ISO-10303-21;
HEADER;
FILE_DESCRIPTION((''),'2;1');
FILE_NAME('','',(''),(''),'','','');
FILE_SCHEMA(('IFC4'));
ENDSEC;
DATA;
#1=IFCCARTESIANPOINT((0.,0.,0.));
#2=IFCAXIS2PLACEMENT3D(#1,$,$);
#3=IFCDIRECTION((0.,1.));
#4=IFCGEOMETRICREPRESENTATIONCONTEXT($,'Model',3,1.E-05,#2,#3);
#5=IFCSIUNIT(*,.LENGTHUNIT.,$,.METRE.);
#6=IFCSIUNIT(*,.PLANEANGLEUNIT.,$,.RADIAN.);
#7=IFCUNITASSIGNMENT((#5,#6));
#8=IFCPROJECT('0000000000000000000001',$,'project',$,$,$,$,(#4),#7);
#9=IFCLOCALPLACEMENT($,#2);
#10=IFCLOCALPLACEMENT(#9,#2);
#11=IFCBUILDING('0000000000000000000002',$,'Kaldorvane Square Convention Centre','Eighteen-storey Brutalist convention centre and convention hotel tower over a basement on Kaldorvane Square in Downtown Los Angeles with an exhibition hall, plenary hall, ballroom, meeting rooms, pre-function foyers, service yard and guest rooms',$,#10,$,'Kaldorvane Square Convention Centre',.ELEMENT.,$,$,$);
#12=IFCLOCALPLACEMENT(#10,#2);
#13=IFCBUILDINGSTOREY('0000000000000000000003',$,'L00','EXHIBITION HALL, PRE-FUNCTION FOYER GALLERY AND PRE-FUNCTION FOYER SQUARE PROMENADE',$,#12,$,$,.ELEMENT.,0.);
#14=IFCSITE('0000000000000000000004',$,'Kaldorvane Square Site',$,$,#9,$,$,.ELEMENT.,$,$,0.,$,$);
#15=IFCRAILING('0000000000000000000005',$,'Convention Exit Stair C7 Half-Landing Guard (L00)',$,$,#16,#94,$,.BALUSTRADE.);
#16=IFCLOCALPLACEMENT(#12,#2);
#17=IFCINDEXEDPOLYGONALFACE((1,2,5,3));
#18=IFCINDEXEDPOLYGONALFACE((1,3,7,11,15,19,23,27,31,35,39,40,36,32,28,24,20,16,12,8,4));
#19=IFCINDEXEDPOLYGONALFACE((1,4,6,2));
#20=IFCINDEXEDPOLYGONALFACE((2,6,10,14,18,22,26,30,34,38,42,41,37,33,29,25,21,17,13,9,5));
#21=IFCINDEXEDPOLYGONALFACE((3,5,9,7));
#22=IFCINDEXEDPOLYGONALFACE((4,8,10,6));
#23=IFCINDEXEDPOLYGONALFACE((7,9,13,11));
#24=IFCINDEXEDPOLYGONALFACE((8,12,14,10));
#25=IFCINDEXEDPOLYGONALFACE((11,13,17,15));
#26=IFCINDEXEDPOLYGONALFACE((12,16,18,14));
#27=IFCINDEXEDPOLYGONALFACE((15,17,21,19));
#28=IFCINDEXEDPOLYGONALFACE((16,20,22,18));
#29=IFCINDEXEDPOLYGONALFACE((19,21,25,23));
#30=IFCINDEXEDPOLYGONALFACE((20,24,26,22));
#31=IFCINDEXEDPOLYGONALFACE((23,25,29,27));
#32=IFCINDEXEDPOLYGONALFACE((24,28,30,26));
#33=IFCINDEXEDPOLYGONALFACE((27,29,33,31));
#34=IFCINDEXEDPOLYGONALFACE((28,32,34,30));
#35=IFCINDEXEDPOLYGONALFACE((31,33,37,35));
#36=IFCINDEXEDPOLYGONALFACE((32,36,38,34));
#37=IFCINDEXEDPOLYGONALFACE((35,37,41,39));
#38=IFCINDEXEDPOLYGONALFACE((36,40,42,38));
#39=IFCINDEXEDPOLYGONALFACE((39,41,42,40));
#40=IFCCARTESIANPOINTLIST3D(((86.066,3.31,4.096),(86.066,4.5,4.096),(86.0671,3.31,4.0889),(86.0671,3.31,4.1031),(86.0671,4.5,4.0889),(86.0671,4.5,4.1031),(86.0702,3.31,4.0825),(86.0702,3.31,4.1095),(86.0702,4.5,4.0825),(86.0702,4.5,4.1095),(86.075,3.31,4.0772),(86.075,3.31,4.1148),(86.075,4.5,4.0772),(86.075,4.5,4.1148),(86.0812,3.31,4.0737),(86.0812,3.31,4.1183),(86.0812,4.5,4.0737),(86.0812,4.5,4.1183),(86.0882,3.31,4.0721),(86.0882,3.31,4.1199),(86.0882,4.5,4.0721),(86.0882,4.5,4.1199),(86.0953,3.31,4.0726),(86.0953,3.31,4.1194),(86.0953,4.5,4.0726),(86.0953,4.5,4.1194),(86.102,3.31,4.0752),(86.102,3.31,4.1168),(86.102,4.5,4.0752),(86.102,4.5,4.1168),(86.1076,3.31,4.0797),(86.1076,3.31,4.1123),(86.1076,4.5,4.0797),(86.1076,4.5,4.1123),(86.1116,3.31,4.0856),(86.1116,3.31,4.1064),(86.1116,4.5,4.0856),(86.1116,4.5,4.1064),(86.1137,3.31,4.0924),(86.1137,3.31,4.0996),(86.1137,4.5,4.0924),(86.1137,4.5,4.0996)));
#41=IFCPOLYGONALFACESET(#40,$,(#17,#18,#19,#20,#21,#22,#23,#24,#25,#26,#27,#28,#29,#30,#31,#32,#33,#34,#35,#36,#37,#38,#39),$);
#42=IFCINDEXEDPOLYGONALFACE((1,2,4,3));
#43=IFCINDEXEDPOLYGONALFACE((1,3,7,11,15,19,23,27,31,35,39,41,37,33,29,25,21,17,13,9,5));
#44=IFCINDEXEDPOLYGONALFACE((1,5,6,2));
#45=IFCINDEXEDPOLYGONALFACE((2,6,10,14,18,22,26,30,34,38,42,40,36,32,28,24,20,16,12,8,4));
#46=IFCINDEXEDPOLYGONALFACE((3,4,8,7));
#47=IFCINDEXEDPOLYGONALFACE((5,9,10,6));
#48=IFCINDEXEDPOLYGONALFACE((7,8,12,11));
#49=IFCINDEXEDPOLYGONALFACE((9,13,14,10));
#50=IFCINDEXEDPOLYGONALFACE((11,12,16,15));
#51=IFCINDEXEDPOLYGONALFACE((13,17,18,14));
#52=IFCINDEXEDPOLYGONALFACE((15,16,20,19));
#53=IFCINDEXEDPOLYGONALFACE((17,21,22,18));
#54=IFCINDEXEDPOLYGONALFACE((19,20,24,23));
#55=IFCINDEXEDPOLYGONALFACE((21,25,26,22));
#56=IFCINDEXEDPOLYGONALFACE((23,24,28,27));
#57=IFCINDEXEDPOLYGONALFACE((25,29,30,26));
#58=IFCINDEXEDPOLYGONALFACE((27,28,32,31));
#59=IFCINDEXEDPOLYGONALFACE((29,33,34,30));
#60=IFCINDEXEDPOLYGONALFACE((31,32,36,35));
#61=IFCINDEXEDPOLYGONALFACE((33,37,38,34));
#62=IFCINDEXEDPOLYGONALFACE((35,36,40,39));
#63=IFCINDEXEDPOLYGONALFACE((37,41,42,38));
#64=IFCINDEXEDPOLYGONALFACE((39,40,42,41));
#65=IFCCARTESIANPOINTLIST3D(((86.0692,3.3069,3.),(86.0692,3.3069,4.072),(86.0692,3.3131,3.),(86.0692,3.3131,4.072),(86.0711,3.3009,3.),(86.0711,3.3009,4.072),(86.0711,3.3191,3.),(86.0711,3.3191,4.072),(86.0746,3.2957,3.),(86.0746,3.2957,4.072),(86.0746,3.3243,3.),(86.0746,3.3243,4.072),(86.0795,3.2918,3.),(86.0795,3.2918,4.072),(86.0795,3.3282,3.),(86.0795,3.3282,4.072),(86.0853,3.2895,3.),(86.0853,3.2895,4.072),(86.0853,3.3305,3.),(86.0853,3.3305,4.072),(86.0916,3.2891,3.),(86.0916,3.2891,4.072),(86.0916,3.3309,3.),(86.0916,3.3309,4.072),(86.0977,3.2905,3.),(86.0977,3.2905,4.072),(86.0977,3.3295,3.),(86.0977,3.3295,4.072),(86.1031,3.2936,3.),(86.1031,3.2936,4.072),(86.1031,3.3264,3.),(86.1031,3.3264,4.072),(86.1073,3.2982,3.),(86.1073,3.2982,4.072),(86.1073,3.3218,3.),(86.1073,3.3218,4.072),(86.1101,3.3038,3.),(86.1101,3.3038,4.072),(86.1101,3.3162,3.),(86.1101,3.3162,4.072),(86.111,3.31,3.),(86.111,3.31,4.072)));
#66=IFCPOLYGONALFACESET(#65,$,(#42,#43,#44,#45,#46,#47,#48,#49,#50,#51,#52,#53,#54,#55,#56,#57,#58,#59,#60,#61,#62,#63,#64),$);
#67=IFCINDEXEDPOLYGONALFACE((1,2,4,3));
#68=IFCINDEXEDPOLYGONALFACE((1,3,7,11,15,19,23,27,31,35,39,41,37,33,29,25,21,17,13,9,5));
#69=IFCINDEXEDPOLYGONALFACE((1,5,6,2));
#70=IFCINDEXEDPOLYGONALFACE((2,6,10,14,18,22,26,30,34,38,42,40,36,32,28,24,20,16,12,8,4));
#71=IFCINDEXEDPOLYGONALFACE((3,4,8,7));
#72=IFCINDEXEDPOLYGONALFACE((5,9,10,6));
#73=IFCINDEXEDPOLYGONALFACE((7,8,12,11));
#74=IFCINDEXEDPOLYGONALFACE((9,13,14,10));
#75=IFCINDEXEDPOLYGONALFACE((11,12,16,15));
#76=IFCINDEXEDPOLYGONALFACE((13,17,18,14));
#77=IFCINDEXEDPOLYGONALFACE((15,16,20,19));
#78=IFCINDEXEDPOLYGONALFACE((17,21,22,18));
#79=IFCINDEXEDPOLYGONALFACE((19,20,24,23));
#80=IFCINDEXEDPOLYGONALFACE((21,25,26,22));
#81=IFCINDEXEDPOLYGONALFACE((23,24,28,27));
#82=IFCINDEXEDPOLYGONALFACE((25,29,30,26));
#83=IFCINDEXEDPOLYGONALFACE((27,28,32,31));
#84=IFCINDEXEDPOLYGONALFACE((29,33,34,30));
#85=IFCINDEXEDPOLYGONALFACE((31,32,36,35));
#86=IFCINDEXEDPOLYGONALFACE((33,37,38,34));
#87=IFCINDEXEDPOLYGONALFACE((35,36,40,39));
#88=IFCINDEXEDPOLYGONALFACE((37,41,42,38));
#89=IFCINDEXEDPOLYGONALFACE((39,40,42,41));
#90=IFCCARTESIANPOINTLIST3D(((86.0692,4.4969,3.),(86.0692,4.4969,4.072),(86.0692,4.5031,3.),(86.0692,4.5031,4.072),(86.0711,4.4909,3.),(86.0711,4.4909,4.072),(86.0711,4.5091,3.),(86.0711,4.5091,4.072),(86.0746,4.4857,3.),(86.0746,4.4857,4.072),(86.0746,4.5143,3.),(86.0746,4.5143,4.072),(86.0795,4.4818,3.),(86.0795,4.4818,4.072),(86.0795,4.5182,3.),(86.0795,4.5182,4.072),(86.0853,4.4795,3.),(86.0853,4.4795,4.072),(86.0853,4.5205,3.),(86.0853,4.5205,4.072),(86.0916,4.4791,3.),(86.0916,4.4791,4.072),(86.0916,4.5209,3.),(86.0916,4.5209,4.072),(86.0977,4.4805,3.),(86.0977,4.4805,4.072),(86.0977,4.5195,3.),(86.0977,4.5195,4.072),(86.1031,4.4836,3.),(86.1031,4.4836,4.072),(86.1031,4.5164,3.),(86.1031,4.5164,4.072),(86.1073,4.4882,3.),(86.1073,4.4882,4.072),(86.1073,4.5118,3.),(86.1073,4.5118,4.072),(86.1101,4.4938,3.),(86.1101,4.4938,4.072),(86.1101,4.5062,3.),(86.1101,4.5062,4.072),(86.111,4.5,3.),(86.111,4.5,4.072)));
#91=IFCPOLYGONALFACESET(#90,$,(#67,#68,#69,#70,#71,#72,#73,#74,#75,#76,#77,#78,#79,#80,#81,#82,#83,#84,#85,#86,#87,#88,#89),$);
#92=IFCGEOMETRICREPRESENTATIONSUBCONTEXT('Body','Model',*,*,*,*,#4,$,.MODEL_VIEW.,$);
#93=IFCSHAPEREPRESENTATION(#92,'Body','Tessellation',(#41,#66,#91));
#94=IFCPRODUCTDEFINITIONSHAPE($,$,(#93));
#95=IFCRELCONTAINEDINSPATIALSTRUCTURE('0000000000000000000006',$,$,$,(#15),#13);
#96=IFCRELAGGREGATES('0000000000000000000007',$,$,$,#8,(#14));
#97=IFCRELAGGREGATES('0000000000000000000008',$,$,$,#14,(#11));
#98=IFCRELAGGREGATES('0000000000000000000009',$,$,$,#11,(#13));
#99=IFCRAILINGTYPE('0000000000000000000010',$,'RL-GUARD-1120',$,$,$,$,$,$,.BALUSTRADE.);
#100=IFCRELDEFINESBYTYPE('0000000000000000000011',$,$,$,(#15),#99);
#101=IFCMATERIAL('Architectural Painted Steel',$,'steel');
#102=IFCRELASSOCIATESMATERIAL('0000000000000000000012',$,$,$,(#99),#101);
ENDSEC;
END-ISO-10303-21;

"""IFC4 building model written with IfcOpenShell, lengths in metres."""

from ifc_helpers import new_model, si_unit, direction, frame, origin, origin_2d, place, context, subcontext, project, spatial, circle, extrude, material, type_object, element, save


model = new_model("IFC4")

# Units and contexts
model_context = context("Model", 3, precision=1e-05, world=origin(), true_north=direction((0.0, 1.0)))
body_context = subcontext(model_context, "Body", "Model", "MODEL_VIEW")
ifc_project = project(units=[si_unit("LENGTHUNIT", "METRE"), si_unit("PLANEANGLEUNIT", "RADIAN")], contexts=[model_context])

# Site, building, storey
site_placement = place(None, origin())
site = spatial("IfcSite", under=ifc_project, at=site_placement, Name="Kaldorvane Square Site", CompositionType="ELEMENT", RefElevation=0.0)
building_placement = place(site_placement, origin())
building = spatial("IfcBuilding", under=site, at=building_placement, Name="Kaldorvane Square Convention Centre", Description="Eighteen-storey Brutalist convention centre and convention hotel tower over a basement on Kaldorvane Square in Downtown Los Angeles with an exhibition hall, plenary hall, ballroom, meeting rooms, pre-function foyers, service yard and guest rooms", LongName="Kaldorvane Square Convention Centre", CompositionType="ELEMENT")
storey_placement = place(building_placement, origin())
storey = spatial("IfcBuildingStorey", under=building, at=storey_placement, Name="L00", Description="EXHIBITION HALL, PRE-FUNCTION FOYER GALLERY AND PRE-FUNCTION FOYER SQUARE PROMENADE", CompositionType="ELEMENT", Elevation=0.0)

# Railing
ifc_material_1 = material(Name="Architectural Painted Steel", Category="steel")
railing_type_1 = type_object("IfcRailingType", Name="RL-GUARD-1120", PredefinedType="BALUSTRADE", material=ifc_material_1)
railing_1_placement = place(storey_placement, frame((86.09, 3.31, 3.0)))
element("IfcRailing", 1, at=railing_1_placement, inside=storey, type_object=railing_type_1, Name="Convention Exit Stair C7 Half-Landing Guard (L00)", PredefinedType="BALUSTRADE", context=body_context, shape_type="SweptSolid", body=[
    extrude(circle(Radius=0.024, at=origin_2d()), frame((0.0, 0.0, 1.096), z_axis=(0.0, 1.0, 0.0), x_axis=(-1.0, 0.0, 0.0)), (0.0, 0.0, 1.0), 1.19),
    extrude(circle(Radius=0.021, at=origin_2d()), origin(), (0.0, 0.0, 1.0), 1.072),
    extrude(circle(Radius=0.021, at=origin_2d()), frame((0.0, 1.19, 0.0)), (0.0, 0.0, 1.0), 1.072),
])

save(model, "model.ifc")
